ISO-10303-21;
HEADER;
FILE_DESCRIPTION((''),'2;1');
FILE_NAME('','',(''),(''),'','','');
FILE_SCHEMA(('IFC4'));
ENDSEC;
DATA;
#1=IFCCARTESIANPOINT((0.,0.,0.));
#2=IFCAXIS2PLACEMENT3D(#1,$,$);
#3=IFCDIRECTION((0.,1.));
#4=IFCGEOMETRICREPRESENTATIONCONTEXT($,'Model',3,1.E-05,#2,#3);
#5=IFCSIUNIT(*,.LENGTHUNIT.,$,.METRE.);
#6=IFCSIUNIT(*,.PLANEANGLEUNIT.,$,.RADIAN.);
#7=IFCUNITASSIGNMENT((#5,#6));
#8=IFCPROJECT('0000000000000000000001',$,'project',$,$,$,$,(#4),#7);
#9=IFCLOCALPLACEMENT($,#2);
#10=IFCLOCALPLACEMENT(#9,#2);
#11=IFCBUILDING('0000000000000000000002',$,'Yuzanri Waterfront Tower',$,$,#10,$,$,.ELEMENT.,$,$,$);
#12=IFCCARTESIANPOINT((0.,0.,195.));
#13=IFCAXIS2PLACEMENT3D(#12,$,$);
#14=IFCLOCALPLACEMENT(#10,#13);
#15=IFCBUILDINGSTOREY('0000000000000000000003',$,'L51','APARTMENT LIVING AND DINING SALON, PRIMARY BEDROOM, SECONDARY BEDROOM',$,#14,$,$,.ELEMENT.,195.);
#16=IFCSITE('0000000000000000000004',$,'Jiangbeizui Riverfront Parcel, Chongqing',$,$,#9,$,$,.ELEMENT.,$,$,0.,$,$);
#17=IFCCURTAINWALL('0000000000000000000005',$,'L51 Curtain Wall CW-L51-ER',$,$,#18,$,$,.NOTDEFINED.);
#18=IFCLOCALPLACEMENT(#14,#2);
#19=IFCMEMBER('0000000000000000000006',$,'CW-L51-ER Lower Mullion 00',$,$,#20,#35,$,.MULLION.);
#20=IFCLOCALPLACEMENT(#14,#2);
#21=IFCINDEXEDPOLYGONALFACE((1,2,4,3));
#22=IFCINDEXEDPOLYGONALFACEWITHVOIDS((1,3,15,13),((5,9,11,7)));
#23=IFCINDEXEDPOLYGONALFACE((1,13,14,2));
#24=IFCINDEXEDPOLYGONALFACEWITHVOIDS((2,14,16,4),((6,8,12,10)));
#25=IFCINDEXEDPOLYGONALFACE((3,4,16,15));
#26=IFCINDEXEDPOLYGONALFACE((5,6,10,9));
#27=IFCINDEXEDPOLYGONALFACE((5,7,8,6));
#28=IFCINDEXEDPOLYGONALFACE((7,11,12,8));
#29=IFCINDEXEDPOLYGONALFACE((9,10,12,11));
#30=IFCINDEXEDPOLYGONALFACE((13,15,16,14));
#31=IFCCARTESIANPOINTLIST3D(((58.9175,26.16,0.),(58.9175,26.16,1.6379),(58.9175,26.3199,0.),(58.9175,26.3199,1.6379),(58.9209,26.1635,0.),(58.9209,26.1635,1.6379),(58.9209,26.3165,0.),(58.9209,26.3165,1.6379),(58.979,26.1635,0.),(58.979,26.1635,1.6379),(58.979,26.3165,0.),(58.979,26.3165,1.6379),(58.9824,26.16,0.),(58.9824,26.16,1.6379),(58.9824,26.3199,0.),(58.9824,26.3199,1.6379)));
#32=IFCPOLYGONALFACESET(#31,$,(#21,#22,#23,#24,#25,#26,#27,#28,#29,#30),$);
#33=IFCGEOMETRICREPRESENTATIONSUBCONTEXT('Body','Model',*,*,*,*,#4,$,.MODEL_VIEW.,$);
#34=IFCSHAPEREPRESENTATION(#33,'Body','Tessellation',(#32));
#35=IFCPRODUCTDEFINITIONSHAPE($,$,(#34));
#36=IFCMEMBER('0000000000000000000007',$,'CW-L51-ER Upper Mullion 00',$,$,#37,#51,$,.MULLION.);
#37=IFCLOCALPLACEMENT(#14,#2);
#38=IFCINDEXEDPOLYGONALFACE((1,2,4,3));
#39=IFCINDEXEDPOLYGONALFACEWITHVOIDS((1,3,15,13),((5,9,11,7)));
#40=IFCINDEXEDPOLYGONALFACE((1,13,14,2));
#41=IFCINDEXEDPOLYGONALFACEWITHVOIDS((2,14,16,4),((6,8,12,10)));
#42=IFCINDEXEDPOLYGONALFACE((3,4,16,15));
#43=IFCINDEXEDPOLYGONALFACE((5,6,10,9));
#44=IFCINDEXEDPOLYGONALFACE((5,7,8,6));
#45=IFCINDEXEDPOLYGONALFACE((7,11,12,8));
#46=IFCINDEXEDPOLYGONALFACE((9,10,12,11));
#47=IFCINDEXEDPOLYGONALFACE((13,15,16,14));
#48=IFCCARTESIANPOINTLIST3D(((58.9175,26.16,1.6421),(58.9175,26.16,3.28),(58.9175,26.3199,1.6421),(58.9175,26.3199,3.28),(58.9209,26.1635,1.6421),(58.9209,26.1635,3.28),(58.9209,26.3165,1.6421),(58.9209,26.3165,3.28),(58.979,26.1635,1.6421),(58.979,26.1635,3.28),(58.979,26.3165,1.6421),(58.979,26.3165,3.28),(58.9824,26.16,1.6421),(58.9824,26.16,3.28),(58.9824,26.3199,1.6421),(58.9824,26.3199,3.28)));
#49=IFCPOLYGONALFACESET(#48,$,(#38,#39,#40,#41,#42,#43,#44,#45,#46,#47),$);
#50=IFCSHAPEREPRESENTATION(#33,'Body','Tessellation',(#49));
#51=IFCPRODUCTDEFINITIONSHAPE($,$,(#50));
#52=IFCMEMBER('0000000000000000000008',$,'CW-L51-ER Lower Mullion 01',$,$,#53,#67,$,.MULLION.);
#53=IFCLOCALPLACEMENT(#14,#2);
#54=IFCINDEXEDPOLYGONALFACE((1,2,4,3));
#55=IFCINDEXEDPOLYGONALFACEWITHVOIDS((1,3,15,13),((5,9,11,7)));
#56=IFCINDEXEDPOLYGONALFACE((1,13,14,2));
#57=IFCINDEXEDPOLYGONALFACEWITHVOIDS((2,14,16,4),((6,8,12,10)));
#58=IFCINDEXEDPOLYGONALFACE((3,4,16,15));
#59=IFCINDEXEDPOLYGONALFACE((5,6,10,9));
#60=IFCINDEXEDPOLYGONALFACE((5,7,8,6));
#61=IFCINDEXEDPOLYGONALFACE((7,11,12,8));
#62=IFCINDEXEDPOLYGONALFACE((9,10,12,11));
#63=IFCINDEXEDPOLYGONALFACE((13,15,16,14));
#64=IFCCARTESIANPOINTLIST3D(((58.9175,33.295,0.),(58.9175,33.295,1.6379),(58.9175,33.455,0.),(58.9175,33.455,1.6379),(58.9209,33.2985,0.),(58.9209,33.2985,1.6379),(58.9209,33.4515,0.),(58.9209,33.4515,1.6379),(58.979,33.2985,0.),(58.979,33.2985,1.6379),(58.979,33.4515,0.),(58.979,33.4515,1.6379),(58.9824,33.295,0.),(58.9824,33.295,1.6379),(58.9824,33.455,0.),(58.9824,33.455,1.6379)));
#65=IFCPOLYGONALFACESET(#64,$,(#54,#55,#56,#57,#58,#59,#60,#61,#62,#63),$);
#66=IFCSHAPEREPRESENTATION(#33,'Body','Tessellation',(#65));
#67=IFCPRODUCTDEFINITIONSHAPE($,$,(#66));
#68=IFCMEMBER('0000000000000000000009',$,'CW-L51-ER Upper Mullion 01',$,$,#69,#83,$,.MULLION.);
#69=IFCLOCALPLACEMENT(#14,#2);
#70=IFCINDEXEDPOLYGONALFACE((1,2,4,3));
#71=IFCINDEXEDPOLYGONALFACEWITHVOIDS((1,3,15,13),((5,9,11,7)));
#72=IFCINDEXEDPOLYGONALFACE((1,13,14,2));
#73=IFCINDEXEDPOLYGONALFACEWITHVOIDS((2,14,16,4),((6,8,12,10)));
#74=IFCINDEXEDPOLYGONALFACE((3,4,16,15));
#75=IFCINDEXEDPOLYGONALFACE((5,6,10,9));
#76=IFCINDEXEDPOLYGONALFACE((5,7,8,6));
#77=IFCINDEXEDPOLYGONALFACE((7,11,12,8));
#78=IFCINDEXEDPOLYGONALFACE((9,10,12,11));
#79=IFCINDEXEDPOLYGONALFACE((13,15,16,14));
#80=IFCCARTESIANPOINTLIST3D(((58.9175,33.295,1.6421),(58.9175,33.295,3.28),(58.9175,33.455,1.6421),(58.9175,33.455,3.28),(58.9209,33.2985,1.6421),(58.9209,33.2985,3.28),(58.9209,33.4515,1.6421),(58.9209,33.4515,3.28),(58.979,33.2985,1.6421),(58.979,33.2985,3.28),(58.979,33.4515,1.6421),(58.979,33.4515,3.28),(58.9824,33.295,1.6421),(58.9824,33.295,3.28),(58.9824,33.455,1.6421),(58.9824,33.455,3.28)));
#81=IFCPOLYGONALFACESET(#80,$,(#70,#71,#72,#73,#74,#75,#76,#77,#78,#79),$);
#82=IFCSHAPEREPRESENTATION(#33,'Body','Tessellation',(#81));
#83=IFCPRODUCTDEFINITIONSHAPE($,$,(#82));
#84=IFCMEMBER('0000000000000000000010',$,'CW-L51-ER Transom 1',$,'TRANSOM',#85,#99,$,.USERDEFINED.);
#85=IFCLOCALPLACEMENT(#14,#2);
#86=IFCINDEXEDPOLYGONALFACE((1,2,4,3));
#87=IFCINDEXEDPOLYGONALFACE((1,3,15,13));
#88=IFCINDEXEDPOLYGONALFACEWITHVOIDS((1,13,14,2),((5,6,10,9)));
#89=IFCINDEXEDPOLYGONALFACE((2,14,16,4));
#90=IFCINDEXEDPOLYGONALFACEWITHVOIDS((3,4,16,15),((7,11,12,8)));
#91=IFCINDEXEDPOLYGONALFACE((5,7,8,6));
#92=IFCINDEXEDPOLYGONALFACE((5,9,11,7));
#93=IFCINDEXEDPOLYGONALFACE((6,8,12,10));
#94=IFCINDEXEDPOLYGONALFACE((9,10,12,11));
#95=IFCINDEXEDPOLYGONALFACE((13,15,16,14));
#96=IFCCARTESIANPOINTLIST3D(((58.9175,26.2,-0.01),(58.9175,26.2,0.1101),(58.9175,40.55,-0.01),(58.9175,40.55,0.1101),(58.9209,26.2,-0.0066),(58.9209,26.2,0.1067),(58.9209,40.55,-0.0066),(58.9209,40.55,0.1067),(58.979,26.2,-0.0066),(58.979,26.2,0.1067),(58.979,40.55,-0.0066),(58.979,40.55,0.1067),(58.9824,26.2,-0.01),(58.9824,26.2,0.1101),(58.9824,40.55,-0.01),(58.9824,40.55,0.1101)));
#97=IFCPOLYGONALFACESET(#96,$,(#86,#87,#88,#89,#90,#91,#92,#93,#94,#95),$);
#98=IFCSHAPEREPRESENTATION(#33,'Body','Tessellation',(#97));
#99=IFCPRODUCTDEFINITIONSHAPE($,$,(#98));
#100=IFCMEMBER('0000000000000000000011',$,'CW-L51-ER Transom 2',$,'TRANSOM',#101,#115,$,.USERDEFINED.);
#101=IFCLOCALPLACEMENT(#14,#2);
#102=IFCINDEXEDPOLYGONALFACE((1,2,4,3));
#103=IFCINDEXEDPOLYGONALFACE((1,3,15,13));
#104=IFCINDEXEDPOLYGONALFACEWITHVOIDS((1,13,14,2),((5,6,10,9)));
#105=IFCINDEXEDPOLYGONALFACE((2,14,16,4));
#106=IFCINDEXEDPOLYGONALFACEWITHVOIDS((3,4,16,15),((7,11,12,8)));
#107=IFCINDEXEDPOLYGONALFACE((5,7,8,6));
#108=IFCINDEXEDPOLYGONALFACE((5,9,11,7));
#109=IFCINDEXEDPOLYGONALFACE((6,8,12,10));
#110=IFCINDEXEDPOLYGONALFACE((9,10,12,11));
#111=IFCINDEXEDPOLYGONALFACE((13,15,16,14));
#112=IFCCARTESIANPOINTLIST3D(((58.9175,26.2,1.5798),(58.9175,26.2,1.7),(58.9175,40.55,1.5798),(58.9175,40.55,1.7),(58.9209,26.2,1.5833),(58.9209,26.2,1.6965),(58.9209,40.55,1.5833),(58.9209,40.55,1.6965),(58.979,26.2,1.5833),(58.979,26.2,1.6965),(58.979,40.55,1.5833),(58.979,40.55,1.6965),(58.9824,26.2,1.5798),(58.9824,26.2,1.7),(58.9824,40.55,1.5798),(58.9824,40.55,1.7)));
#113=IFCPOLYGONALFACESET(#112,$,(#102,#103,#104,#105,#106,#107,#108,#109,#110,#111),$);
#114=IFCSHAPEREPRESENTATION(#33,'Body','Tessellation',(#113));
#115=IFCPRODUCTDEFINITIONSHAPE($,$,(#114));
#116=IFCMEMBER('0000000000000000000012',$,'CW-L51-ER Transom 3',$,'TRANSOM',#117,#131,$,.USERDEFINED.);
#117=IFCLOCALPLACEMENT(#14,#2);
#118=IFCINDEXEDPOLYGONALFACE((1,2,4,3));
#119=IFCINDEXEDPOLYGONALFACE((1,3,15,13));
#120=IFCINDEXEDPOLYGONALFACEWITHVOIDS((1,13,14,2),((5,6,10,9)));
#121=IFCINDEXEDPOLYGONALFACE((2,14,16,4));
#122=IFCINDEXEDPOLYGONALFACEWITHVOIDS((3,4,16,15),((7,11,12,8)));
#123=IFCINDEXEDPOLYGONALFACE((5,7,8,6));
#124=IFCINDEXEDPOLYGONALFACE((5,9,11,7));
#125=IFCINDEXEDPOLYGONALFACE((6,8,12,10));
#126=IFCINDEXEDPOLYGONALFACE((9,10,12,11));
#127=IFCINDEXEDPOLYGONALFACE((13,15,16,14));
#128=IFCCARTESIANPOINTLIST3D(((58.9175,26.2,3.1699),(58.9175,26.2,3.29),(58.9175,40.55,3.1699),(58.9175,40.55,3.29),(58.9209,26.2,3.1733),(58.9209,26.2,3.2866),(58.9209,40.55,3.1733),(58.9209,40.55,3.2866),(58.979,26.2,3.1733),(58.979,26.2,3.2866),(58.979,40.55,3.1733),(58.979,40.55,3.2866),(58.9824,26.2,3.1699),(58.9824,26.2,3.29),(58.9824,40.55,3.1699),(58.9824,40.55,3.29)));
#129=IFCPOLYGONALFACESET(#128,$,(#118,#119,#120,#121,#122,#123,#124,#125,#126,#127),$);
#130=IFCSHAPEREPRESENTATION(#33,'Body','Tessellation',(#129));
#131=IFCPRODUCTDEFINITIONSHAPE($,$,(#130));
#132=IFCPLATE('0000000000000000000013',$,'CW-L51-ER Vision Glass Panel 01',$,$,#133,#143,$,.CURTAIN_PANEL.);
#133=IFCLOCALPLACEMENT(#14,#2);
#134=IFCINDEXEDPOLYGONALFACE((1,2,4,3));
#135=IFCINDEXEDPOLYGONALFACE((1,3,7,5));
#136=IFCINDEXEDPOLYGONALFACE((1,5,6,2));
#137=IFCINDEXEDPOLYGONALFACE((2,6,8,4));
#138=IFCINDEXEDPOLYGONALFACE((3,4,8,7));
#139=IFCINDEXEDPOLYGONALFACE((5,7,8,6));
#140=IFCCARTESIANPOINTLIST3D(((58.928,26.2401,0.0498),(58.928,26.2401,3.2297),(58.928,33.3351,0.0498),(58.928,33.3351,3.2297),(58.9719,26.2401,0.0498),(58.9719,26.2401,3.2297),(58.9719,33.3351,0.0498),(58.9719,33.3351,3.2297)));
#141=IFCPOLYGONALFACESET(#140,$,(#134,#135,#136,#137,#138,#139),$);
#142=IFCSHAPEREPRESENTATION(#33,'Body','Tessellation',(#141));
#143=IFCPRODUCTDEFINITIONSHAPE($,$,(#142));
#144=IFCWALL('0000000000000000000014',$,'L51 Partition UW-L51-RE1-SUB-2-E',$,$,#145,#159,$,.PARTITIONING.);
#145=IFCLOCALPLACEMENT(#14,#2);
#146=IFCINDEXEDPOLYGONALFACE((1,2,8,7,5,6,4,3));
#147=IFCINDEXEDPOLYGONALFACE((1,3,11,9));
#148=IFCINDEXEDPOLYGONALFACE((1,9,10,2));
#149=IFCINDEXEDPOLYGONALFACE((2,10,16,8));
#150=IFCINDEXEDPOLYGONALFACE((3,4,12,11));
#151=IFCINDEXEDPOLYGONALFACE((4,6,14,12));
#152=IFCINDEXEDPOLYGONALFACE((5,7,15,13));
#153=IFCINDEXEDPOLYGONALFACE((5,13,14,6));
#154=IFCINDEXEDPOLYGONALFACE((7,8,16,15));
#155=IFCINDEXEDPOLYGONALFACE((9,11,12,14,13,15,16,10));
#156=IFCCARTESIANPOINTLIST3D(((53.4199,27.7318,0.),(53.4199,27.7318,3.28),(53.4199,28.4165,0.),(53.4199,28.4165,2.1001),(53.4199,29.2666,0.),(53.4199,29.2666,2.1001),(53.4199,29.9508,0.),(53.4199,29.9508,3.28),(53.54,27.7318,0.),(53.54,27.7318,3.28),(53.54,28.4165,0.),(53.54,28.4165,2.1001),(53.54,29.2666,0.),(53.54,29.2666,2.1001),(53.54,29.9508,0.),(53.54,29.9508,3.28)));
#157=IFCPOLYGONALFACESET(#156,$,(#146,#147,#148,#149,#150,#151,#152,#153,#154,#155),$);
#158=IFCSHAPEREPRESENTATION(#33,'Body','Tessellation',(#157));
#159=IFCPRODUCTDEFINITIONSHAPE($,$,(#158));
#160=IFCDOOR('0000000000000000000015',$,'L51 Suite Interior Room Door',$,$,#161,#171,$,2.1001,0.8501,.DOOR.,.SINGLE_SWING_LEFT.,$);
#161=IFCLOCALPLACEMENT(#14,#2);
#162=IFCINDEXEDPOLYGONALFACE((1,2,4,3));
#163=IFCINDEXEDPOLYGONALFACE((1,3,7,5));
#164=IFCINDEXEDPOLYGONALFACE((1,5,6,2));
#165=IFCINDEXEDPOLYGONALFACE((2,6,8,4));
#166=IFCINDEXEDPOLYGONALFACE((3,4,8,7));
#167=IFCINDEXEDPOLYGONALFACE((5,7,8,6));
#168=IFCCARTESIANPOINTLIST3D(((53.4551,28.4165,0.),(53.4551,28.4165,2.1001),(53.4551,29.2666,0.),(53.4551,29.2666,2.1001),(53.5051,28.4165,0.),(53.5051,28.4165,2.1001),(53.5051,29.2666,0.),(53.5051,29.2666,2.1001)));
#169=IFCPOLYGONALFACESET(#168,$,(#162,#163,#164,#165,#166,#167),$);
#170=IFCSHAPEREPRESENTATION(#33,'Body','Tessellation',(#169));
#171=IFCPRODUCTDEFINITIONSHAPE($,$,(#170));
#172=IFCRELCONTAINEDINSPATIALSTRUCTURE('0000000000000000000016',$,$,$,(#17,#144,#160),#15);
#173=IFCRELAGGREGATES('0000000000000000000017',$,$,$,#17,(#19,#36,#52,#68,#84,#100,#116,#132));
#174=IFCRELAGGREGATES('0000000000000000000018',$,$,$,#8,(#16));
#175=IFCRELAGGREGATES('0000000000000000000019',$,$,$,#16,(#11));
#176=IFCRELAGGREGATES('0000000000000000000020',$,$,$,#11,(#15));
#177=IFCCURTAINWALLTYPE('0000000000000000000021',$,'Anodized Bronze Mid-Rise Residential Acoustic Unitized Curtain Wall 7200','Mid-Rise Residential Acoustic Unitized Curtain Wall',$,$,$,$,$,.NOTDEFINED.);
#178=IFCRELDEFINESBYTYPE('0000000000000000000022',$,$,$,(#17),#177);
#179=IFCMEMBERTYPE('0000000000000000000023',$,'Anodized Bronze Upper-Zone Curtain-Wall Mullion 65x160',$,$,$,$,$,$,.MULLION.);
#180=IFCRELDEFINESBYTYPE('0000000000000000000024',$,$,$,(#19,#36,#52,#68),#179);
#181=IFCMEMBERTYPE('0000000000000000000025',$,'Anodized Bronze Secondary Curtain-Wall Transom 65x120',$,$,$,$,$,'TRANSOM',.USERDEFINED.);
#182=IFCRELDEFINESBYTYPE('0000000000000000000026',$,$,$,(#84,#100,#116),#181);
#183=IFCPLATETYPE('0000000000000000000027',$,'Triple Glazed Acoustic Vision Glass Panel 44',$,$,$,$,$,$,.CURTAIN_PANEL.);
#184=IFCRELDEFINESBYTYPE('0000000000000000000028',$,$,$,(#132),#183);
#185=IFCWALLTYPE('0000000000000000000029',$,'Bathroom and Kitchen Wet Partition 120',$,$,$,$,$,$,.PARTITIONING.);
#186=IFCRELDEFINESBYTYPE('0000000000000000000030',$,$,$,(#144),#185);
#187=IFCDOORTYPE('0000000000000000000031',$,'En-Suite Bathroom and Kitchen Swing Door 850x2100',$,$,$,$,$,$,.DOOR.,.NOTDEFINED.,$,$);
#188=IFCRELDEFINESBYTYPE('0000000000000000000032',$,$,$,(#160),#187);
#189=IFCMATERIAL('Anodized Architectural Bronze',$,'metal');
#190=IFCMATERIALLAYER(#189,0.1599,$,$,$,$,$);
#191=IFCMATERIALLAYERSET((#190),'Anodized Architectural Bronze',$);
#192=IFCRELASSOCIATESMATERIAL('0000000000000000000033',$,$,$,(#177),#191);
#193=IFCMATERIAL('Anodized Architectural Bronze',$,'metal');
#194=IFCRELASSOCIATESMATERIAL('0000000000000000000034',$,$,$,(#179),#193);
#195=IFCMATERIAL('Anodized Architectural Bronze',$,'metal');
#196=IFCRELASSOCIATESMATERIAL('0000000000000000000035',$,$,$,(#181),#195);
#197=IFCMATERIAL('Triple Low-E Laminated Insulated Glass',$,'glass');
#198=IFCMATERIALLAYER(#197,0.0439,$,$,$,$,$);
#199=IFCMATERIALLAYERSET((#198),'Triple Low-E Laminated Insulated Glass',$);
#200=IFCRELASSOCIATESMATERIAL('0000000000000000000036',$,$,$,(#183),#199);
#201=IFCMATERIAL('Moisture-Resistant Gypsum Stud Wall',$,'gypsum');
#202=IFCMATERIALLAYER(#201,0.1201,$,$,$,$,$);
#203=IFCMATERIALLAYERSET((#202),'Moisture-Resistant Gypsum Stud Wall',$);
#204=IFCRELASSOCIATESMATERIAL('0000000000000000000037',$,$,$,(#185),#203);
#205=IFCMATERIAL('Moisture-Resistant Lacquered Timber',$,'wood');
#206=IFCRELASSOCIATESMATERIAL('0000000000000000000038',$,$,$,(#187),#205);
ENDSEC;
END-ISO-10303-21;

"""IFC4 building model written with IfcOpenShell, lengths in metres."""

from ifc_helpers import new_model, si_unit, direction, frame, frame_2d, origin, origin_2d, place, context, subcontext, project, spatial, rectangle, hollow_rectangle, extrude, source, transform, mapped, material, layer, layer_set, material_profile, profile_set, type_object, element, fill, aggregate, save


model = new_model("IFC4")

# Units and contexts
model_context = context("Model", 3, precision=1e-05, world=origin(), true_north=direction((0.0, 1.0)))
body_context = subcontext(model_context, "Body", "Model", "MODEL_VIEW")
ifc_project = project(units=[si_unit("LENGTHUNIT", "METRE"), si_unit("PLANEANGLEUNIT", "RADIAN")], contexts=[model_context])

# Site, building, storey
site_placement = place(None, origin())
site = spatial("IfcSite", under=ifc_project, at=site_placement, Name="Jiangbeizui Riverfront Parcel, Chongqing", CompositionType="ELEMENT", RefElevation=0.0)
building_placement = place(site_placement, origin())
building = spatial("IfcBuilding", under=site, at=building_placement, Name="Yuzanri Waterfront Tower", CompositionType="ELEMENT")
storey_placement = place(building_placement, frame((0.0, 0.0, 195.0)))
storey = spatial("IfcBuildingStorey", under=building, at=storey_placement, Name="L51", Description="APARTMENT LIVING AND DINING SALON, PRIMARY BEDROOM, SECONDARY BEDROOM", CompositionType="ELEMENT", Elevation=195.0)

# Curtain wall, members, plate
ifc_material_1 = material(Name="Anodized Architectural Bronze", Category="metal")
ifc_layer_1 = layer(ifc_material_1, 0.1599)
ifc_layer_set_1 = layer_set([ifc_layer_1], Name="Anodized Architectural Bronze")
curtain_wall_type = type_object("IfcCurtainWallType", Name="Anodized Bronze Mid-Rise Residential Acoustic Unitized Curtain Wall 7200", Description="Mid-Rise Residential Acoustic Unitized Curtain Wall", PredefinedType="NOTDEFINED", material=ifc_layer_set_1)
curtain_wall_placement = place(storey_placement, origin())
curtain_wall = element("IfcCurtainWall", 1, at=curtain_wall_placement, inside=storey, type_object=curtain_wall_type, Name="L51 Curtain Wall CW-L51-ER", PredefinedType="NOTDEFINED")
ifc_material_2 = material(Name="Anodized Architectural Bronze", Category="metal")
ifc_material_profile_1 = material_profile(ifc_material_2, hollow_rectangle(XDim=0.0649, YDim=0.1599, WallThickness=0.0034, at=origin_2d()), Name="CWM 65x160")
ifc_profile_set_1 = profile_set([ifc_material_profile_1], Name="Anodized Architectural Bronze")
member_type_1 = type_object("IfcMemberType", Name="Anodized Bronze Upper-Zone Curtain-Wall Mullion 65x160", PredefinedType="MULLION", material=ifc_profile_set_1)
shared_shape_1 = source(origin(), body_context, "Body", "SweptSolid", [
    extrude(hollow_rectangle(XDim=0.0649, YDim=0.1599, WallThickness=0.0034, at=origin_2d()), origin(), (0.0, 0.0, 1.0), 1.6379),
])
member_1_placement = place(storey_placement, frame((58.95, 26.24, 0.0), z_axis=(0.0, 0.0, 1.0), x_axis=(1.0, 0.0, 0.0)))
member_1 = element("IfcMember", 2, at=member_1_placement, type_object=member_type_1, Name="CW-L51-ER Lower Mullion 00", PredefinedType="MULLION", context=body_context, shape_type="MappedRepresentation", body=[
    mapped(shared_shape_1, transform((0.0, 0.0, 0.0), scale=1.0)),
])
member_2_placement = place(storey_placement, frame((58.95, 26.24, 1.6421), z_axis=(0.0, 0.0, 1.0), x_axis=(1.0, 0.0, 0.0)))
member_2 = element("IfcMember", 3, at=member_2_placement, type_object=member_type_1, Name="CW-L51-ER Upper Mullion 00", PredefinedType="MULLION", context=body_context, shape_type="MappedRepresentation", body=[
    mapped(shared_shape_1, transform((0.0, 0.0, 0.0), scale=1.0)),
])
member_3_placement = place(storey_placement, frame((58.95, 33.375, 0.0), z_axis=(0.0, 0.0, 1.0), x_axis=(1.0, 0.0, 0.0)))
member_3 = element("IfcMember", 4, at=member_3_placement, type_object=member_type_1, Name="CW-L51-ER Lower Mullion 01", PredefinedType="MULLION", context=body_context, shape_type="MappedRepresentation", body=[
    mapped(shared_shape_1, transform((0.0, 0.0, 0.0), scale=1.0)),
])
member_4_placement = place(storey_placement, frame((58.95, 33.375, 1.6421), z_axis=(0.0, 0.0, 1.0), x_axis=(1.0, 0.0, 0.0)))
member_4 = element("IfcMember", 5, at=member_4_placement, type_object=member_type_1, Name="CW-L51-ER Upper Mullion 01", PredefinedType="MULLION", context=body_context, shape_type="MappedRepresentation", body=[
    mapped(shared_shape_1, transform((0.0, 0.0, 0.0), scale=1.0)),
])
ifc_material_3 = material(Name="Anodized Architectural Bronze", Category="metal")
ifc_material_profile_2 = material_profile(ifc_material_3, hollow_rectangle(XDim=0.0649, YDim=0.1201, WallThickness=0.0034, at=origin_2d()), Name="CWT 65x120")
ifc_profile_set_2 = profile_set([ifc_material_profile_2], Name="Anodized Architectural Bronze")
member_type_2 = type_object("IfcMemberType", Name="Anodized Bronze Secondary Curtain-Wall Transom 65x120", ElementType="TRANSOM", PredefinedType="USERDEFINED", material=ifc_profile_set_2)
shared_shape_2 = source(origin(), body_context, "Body", "SweptSolid", [
    extrude(hollow_rectangle(XDim=0.0649, YDim=0.1201, WallThickness=0.0034, at=origin_2d()), origin(), (0.0, 0.0, 1.0), 14.3501),
])
member_5_placement = place(storey_placement, frame((58.95, 26.2, 0.05), z_axis=(0.0, 1.0, 0.0), x_axis=(-1.0, 0.0, 0.0)))
member_5 = element("IfcMember", 6, at=member_5_placement, type_object=member_type_2, Name="CW-L51-ER Transom 1", ObjectType="TRANSOM", PredefinedType="USERDEFINED", context=body_context, shape_type="MappedRepresentation", body=[
    mapped(shared_shape_2, transform((0.0, 0.0, 0.0), scale=1.0)),
])
member_6_placement = place(storey_placement, frame((58.95, 26.2, 1.6399), z_axis=(0.0, 1.0, 0.0), x_axis=(-1.0, 0.0, 0.0)))
member_6 = element("IfcMember", 7, at=member_6_placement, type_object=member_type_2, Name="CW-L51-ER Transom 2", ObjectType="TRANSOM", PredefinedType="USERDEFINED", context=body_context, shape_type="MappedRepresentation", body=[
    mapped(shared_shape_2, transform((0.0, 0.0, 0.0), scale=1.0)),
])
member_7_placement = place(storey_placement, frame((58.95, 26.2, 3.23), z_axis=(0.0, 1.0, 0.0), x_axis=(-1.0, 0.0, 0.0)))
member_7 = element("IfcMember", 8, at=member_7_placement, type_object=member_type_2, Name="CW-L51-ER Transom 3", ObjectType="TRANSOM", PredefinedType="USERDEFINED", context=body_context, shape_type="MappedRepresentation", body=[
    mapped(shared_shape_2, transform((0.0, 0.0, 0.0), scale=1.0)),
])
ifc_material_4 = material(Name="Triple Low-E Laminated Insulated Glass", Category="glass")
ifc_layer_2 = layer(ifc_material_4, 0.0439)
ifc_layer_set_2 = layer_set([ifc_layer_2], Name="Triple Low-E Laminated Insulated Glass")
plate_type = type_object("IfcPlateType", Name="Triple Glazed Acoustic Vision Glass Panel 44", PredefinedType="CURTAIN_PANEL", material=ifc_layer_set_2)
shared_shape_3 = source(origin(), body_context, "Body", "SweptSolid", [
    extrude(rectangle(XDim=7.095, YDim=0.0439, at=origin_2d()), origin(), (0.0, 0.0, 1.0), 3.1799),
])
plate_placement = place(storey_placement, frame((58.95, 29.7876, 0.0498), z_axis=(0.0, 0.0, 1.0), x_axis=(0.0, 1.0, 0.0)))
plate = element("IfcPlate", 9, at=plate_placement, type_object=plate_type, Name="CW-L51-ER Vision Glass Panel 01", PredefinedType="CURTAIN_PANEL", context=body_context, shape_type="MappedRepresentation", body=[
    mapped(shared_shape_3, transform((0.0, 0.0, 0.0), scale=1.0)),
])
aggregate(curtain_wall, [member_1, member_2, member_3, member_4, member_5, member_6, member_7, plate])

# Wall, opening, door
ifc_material_5 = material(Name="Moisture-Resistant Gypsum Stud Wall", Category="gypsum")
ifc_layer_3 = layer(ifc_material_5, 0.1201)
ifc_layer_set_3 = layer_set([ifc_layer_3], Name="Moisture-Resistant Gypsum Stud Wall")
wall_type_1 = type_object("IfcWallType", Name="Bathroom and Kitchen Wet Partition 120", PredefinedType="PARTITIONING", material=ifc_layer_set_3)
wall_1_placement = place(storey_placement, frame((53.48, 27.7319, 0.0), z_axis=(0.0, 0.0, 1.0), x_axis=(0.0, 1.0, 0.0)))
wall_1 = element("IfcWall", 10, at=wall_1_placement, inside=storey, type_object=wall_type_1, Name="L51 Partition UW-L51-RE1-SUB-2-E", PredefinedType="PARTITIONING", context=body_context, shape_type="SweptSolid", body=[
    extrude(rectangle(XDim=2.219, YDim=0.1201, at=frame_2d((1.1094, 0.0))), origin(), (0.0, 0.0, 1.0), 3.28),
])
opening_1_placement = place(wall_1_placement, frame((0.6846, 0.0, 0.0)))
opening_1 = element("IfcOpeningElement", 11, at=opening_1_placement, cuts=wall_1, PredefinedType="OPENING", context=body_context, shape_type="SweptSolid", body=[
    extrude(rectangle(XDim=0.8501, YDim=2.1001, at=frame_2d((0.425, 1.05))), frame((0.0, 0.075, 0.0), z_axis=(0.0, -1.0, 0.0), x_axis=(1.0, 0.0, 0.0)), (0.0, 0.0, 1.0), 0.1499),
])
ifc_material_6 = material(Name="Moisture-Resistant Lacquered Timber", Category="wood")
door_type_1 = type_object("IfcDoorType", Name="En-Suite Bathroom and Kitchen Swing Door 850x2100", OperationType="NOTDEFINED", PredefinedType="DOOR", material=ifc_material_6)
shared_shape_4 = source(origin(), body_context, "Body", "SweptSolid", [
    extrude(rectangle(XDim=0.8501, YDim=2.1001, at=frame_2d((0.425, 1.05))), frame((0.0, 0.0249, 0.0), z_axis=(0.0, -1.0, 0.0), x_axis=(1.0, 0.0, 0.0)), (0.0, 0.0, 1.0), 0.05),
])
door_1_placement = place(opening_1_placement, origin())
door_1 = element("IfcDoor", 12, at=door_1_placement, inside=storey, type_object=door_type_1, Name="L51 Suite Interior Room Door", OperationType="SINGLE_SWING_LEFT", OverallHeight=2.1001, OverallWidth=0.8501, PredefinedType="DOOR", context=body_context, shape_type="MappedRepresentation", body=[
    mapped(shared_shape_4, transform((0.0, 0.0, 0.0), scale=1.0)),
])
fill(opening_1, door_1)

save(model, "model.ifc")
